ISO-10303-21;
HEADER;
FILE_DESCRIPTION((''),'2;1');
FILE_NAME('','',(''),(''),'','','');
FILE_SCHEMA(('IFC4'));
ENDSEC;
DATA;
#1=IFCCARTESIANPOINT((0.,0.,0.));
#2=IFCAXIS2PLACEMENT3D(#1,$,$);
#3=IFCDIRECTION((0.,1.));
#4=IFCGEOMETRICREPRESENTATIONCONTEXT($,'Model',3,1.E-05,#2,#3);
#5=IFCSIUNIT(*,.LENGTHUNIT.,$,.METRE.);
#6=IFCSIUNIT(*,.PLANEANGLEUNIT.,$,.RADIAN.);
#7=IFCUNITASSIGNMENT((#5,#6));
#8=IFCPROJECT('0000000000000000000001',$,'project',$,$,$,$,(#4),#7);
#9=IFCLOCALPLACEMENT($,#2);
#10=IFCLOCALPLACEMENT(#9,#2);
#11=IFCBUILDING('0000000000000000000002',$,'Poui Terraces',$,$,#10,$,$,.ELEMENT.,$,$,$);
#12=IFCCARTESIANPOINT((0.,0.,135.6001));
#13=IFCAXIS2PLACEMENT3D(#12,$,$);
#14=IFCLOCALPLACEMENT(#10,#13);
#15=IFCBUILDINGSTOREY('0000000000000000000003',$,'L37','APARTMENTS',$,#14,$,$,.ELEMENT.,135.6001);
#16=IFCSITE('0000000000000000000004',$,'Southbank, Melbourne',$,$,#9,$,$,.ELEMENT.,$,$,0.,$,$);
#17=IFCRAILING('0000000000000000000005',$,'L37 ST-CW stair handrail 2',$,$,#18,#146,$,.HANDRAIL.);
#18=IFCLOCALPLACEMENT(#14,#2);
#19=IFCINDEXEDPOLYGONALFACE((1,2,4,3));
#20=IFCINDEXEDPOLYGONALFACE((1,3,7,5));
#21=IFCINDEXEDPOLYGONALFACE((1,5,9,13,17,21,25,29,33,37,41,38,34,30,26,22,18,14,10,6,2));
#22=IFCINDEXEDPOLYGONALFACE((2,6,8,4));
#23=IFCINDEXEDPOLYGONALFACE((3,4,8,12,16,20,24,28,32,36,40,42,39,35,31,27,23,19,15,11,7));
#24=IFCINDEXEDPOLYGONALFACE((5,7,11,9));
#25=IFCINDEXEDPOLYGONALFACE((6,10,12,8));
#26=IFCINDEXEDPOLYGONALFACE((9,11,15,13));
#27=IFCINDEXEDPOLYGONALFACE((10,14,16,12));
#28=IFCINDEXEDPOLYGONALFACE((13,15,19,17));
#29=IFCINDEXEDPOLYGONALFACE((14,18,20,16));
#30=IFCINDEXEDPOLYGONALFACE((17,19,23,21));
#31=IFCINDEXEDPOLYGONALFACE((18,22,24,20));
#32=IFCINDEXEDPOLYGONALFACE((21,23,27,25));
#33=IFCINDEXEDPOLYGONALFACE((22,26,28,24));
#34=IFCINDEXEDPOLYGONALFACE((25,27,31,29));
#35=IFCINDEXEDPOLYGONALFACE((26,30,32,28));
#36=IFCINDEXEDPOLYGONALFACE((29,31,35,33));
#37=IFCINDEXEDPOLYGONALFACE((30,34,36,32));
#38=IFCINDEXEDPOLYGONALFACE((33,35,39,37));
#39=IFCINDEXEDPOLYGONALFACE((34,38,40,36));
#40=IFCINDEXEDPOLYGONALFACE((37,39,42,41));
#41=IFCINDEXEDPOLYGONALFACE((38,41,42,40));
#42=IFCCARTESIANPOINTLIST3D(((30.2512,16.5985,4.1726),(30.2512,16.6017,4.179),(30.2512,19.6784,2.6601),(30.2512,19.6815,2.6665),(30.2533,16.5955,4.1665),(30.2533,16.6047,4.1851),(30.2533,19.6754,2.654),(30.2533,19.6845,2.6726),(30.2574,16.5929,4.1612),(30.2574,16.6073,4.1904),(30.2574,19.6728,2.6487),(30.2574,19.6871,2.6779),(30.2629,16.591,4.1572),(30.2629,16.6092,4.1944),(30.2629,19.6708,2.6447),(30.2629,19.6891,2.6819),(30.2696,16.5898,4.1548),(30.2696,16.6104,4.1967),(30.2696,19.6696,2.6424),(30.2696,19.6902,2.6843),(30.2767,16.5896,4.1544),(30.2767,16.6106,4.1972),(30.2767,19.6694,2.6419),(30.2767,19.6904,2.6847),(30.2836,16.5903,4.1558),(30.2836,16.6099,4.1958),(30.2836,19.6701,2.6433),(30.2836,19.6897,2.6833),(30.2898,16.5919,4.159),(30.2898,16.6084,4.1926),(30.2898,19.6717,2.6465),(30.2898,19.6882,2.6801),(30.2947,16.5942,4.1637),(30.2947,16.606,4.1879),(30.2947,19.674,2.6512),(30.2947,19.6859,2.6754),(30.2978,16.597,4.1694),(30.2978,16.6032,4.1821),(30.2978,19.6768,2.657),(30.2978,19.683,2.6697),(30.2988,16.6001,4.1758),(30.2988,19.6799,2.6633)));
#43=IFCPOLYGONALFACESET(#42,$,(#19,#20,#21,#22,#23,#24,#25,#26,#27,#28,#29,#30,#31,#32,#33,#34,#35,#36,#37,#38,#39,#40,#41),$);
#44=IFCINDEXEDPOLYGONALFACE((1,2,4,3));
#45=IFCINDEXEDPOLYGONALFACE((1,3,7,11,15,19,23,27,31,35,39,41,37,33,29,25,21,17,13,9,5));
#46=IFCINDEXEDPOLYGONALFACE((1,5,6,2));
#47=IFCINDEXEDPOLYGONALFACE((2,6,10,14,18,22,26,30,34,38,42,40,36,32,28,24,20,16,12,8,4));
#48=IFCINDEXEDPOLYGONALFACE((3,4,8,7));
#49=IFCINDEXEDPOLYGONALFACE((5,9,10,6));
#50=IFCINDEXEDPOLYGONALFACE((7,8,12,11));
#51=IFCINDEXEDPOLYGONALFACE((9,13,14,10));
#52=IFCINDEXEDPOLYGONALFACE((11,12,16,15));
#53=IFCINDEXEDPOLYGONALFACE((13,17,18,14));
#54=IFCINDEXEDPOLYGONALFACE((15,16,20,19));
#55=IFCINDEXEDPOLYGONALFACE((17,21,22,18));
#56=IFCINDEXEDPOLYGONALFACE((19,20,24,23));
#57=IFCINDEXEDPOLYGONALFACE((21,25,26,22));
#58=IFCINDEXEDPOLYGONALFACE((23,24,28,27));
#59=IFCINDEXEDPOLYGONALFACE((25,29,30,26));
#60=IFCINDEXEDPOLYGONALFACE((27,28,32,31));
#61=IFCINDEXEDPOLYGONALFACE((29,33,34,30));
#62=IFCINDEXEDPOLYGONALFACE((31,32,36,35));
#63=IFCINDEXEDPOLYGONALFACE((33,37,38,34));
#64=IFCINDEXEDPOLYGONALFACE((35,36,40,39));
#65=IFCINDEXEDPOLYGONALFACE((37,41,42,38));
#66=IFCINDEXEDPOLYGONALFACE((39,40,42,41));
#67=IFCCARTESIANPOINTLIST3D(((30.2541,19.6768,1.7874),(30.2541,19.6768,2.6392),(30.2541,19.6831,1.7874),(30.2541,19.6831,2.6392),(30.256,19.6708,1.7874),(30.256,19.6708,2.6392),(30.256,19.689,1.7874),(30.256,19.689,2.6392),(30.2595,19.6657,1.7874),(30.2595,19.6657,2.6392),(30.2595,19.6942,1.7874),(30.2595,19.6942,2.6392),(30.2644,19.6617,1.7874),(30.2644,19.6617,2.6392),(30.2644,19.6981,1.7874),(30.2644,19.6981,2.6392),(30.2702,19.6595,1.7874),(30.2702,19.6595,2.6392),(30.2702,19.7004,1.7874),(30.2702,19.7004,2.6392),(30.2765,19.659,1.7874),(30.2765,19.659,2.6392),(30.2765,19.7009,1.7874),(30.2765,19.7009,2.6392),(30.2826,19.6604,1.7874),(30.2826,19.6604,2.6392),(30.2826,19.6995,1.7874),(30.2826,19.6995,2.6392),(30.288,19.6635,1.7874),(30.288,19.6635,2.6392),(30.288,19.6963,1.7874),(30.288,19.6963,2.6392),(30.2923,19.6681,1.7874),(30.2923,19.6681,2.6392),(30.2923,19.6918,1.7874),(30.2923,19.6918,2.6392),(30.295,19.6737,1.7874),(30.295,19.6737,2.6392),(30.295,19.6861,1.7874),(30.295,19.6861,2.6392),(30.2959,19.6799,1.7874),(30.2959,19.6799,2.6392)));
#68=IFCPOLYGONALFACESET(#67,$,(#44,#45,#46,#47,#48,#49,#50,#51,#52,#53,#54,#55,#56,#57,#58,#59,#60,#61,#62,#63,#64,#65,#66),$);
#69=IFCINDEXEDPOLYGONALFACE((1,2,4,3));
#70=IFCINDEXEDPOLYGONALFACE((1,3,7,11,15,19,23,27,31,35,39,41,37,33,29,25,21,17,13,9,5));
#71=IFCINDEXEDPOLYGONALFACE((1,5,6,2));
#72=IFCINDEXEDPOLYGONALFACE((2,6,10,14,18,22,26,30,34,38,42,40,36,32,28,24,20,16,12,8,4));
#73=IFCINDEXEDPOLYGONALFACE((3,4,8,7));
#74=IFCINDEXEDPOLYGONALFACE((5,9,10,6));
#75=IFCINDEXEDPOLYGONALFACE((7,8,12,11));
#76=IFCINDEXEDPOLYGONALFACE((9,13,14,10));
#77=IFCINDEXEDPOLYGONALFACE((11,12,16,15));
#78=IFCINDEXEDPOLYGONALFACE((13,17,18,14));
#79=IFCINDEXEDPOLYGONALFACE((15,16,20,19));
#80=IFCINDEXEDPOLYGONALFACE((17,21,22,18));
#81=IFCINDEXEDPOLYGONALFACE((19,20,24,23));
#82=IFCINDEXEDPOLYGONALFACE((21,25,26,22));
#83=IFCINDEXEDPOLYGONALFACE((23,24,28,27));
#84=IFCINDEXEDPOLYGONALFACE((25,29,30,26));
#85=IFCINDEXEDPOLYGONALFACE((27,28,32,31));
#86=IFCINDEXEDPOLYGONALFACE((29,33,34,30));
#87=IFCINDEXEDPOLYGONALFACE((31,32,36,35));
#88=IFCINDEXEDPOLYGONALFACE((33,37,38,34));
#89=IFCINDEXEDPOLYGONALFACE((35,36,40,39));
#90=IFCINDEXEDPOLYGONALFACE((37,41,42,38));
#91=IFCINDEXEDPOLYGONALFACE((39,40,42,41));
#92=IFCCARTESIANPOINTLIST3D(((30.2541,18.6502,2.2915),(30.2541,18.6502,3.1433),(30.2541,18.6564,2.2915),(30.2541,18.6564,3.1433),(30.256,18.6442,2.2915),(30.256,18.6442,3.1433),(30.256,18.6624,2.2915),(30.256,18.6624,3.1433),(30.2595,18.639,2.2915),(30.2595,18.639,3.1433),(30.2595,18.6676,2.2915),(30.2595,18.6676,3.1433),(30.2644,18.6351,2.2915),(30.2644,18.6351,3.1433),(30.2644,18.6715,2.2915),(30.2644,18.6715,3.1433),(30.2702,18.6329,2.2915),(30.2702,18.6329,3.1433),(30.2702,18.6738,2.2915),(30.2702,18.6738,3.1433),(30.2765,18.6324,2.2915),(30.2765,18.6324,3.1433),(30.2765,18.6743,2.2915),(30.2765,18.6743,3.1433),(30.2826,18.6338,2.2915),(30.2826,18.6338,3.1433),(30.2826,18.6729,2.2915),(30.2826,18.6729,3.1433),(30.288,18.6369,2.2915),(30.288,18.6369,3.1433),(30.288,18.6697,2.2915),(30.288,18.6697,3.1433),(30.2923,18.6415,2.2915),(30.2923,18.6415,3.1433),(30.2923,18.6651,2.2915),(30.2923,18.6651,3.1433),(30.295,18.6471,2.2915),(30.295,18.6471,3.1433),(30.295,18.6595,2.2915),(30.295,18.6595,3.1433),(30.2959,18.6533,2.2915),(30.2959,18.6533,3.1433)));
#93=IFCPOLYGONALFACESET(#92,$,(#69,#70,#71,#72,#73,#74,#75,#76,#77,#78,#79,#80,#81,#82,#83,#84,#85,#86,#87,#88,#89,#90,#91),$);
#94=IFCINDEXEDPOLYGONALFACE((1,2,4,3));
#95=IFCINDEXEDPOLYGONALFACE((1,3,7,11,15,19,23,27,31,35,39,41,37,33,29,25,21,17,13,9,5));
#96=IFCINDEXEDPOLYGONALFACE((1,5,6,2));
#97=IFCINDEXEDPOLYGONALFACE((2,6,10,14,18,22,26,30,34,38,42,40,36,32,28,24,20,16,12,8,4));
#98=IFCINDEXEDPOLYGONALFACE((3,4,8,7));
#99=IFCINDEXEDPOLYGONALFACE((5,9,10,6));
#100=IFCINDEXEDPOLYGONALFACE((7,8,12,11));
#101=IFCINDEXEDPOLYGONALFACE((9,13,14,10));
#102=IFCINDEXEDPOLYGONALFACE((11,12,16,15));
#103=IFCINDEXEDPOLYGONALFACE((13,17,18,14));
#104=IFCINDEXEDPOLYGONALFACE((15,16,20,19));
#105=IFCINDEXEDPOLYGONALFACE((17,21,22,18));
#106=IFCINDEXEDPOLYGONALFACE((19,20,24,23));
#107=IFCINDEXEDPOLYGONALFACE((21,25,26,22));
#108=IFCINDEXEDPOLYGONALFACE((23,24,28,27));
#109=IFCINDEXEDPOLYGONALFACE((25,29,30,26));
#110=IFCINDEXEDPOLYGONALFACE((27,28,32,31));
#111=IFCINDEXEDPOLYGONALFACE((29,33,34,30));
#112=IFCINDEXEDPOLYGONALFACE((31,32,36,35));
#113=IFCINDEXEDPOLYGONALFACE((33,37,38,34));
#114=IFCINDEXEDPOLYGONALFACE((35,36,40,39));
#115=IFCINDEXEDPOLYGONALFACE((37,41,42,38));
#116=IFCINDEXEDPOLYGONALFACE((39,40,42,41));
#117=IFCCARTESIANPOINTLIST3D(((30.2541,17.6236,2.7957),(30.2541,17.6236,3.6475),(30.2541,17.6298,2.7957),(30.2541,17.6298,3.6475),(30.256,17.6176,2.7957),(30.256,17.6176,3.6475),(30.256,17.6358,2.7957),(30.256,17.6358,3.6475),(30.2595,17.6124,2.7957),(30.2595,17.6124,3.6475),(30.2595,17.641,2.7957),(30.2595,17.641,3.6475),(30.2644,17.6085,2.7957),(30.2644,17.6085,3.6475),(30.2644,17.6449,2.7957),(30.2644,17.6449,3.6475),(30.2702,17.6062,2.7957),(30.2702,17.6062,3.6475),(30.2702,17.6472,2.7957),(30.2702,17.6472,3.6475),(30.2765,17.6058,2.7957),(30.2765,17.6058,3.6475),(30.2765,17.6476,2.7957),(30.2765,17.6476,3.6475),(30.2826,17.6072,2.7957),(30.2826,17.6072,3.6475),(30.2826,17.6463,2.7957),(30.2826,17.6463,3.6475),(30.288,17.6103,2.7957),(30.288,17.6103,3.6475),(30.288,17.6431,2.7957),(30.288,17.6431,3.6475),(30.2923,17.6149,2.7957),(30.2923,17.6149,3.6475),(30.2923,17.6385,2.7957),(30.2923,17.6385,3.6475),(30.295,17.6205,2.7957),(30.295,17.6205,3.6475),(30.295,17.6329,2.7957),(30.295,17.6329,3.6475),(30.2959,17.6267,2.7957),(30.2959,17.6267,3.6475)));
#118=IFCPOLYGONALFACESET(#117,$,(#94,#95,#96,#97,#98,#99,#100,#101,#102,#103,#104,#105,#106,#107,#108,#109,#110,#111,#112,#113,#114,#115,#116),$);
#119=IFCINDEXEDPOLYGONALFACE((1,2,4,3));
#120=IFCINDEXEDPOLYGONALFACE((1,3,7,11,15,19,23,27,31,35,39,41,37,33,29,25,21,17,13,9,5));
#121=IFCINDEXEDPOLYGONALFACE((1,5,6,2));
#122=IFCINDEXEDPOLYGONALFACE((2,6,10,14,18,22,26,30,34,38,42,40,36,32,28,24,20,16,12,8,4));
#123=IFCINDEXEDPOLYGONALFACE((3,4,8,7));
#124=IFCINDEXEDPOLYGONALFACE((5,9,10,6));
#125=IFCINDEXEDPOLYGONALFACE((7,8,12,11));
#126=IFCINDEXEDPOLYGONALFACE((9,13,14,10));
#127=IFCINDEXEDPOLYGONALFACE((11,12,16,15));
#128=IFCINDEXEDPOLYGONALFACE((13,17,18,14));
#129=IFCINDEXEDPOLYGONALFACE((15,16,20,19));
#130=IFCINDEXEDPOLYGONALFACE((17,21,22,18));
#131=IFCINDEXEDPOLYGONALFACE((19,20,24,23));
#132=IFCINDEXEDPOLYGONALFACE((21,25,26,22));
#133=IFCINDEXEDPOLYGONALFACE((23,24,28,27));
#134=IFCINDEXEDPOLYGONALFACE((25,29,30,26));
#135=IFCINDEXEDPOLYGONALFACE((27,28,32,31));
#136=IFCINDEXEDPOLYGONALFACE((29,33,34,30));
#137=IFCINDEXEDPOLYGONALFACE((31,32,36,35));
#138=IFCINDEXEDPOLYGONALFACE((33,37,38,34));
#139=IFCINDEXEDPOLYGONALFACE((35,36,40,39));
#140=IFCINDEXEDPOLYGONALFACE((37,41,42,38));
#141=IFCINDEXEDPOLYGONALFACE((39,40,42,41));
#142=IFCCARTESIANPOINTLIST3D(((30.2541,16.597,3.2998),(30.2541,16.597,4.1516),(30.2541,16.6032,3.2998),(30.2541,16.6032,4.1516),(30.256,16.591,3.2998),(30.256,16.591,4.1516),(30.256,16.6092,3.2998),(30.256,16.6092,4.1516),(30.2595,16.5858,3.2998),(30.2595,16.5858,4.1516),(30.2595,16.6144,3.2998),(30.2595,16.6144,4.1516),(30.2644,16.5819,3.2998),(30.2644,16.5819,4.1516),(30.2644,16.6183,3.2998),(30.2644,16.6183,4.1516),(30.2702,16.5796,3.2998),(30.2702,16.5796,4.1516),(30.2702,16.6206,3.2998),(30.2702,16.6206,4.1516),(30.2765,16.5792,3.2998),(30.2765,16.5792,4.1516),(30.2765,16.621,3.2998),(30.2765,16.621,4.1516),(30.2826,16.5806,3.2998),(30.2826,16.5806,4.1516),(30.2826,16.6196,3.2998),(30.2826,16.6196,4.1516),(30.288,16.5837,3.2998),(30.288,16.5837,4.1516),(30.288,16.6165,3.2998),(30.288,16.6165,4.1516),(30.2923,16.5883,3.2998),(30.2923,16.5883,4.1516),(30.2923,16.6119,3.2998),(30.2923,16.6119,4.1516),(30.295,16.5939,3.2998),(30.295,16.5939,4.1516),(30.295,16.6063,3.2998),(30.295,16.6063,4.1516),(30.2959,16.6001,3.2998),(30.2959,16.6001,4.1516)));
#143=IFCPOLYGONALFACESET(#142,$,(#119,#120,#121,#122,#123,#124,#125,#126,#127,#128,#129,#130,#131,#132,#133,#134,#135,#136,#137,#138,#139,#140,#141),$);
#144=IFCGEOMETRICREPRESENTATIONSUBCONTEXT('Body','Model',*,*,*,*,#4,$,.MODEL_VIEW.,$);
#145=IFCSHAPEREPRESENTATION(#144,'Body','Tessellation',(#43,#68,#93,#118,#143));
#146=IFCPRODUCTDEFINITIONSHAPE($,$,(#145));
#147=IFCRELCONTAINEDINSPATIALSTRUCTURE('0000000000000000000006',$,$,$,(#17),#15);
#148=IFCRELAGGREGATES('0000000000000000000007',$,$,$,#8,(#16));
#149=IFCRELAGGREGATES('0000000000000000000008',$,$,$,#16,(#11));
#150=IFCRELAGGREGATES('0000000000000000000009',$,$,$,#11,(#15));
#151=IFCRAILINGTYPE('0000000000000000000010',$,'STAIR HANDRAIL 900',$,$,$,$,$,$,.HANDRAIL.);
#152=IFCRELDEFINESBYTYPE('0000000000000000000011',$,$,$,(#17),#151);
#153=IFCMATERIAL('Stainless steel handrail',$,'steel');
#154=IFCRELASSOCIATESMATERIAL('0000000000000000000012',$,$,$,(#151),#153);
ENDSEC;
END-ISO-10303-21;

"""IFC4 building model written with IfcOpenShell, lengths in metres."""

from ifc_helpers import new_model, si_unit, direction, frame, origin, origin_2d, place, context, subcontext, project, spatial, circle, extrude, material, type_object, element, save


model = new_model("IFC4")

# Units and contexts
model_context = context("Model", 3, precision=1e-05, world=origin(), true_north=direction((0.0, 1.0)))
body_context = subcontext(model_context, "Body", "Model", "MODEL_VIEW")
ifc_project = project(units=[si_unit("LENGTHUNIT", "METRE"), si_unit("PLANEANGLEUNIT", "RADIAN")], contexts=[model_context])

# Site, building, storey
site_placement = place(None, origin())
site = spatial("IfcSite", under=ifc_project, at=site_placement, Name="Southbank, Melbourne", CompositionType="ELEMENT", RefElevation=0.0)
building_placement = place(site_placement, origin())
building = spatial("IfcBuilding", under=site, at=building_placement, Name="Poui Terraces", CompositionType="ELEMENT")
storey_placement = place(building_placement, frame((0.0, 0.0, 135.6001)))
storey = spatial("IfcBuildingStorey", under=building, at=storey_placement, Name="L37", Description="APARTMENTS", CompositionType="ELEMENT", Elevation=135.6001)

# Railing
ifc_material_1 = material(Name="Stainless steel handrail", Category="steel")
railing_type_1 = type_object("IfcRailingType", Name="STAIR HANDRAIL 900", PredefinedType="HANDRAIL", material=ifc_material_1)
railing_1_placement = place(storey_placement, frame((30.2749, 19.6799, 1.7874)))
element("IfcRailing", 1, at=railing_1_placement, inside=storey, type_object=railing_type_1, Name="L37 ST-CW stair handrail 2", PredefinedType="HANDRAIL", context=body_context, shape_type="SweptSolid", body=[
    extrude(circle(Radius=0.0239, at=origin_2d()), frame((0.0, 0.0, 0.876), z_axis=(0.0, -0.897606, 0.440798), x_axis=(1.0, 0.0, 0.0)), (0.0, 0.0, 1.0), 3.4312),
    extrude(circle(Radius=0.021, at=origin_2d()), origin(), (0.0, 0.0, 1.0), 0.8518),
    extrude(circle(Radius=0.021, at=origin_2d()), frame((0.0, -1.0266, 0.5042)), (0.0, 0.0, 1.0), 0.8518),
    extrude(circle(Radius=0.021, at=origin_2d()), frame((0.0, -2.0532, 1.0083)), (0.0, 0.0, 1.0), 0.8518),
    extrude(circle(Radius=0.021, at=origin_2d()), frame((0.0, -3.0798, 1.5125)), (0.0, 0.0, 1.0), 0.8518),
])

save(model, "model.ifc")
